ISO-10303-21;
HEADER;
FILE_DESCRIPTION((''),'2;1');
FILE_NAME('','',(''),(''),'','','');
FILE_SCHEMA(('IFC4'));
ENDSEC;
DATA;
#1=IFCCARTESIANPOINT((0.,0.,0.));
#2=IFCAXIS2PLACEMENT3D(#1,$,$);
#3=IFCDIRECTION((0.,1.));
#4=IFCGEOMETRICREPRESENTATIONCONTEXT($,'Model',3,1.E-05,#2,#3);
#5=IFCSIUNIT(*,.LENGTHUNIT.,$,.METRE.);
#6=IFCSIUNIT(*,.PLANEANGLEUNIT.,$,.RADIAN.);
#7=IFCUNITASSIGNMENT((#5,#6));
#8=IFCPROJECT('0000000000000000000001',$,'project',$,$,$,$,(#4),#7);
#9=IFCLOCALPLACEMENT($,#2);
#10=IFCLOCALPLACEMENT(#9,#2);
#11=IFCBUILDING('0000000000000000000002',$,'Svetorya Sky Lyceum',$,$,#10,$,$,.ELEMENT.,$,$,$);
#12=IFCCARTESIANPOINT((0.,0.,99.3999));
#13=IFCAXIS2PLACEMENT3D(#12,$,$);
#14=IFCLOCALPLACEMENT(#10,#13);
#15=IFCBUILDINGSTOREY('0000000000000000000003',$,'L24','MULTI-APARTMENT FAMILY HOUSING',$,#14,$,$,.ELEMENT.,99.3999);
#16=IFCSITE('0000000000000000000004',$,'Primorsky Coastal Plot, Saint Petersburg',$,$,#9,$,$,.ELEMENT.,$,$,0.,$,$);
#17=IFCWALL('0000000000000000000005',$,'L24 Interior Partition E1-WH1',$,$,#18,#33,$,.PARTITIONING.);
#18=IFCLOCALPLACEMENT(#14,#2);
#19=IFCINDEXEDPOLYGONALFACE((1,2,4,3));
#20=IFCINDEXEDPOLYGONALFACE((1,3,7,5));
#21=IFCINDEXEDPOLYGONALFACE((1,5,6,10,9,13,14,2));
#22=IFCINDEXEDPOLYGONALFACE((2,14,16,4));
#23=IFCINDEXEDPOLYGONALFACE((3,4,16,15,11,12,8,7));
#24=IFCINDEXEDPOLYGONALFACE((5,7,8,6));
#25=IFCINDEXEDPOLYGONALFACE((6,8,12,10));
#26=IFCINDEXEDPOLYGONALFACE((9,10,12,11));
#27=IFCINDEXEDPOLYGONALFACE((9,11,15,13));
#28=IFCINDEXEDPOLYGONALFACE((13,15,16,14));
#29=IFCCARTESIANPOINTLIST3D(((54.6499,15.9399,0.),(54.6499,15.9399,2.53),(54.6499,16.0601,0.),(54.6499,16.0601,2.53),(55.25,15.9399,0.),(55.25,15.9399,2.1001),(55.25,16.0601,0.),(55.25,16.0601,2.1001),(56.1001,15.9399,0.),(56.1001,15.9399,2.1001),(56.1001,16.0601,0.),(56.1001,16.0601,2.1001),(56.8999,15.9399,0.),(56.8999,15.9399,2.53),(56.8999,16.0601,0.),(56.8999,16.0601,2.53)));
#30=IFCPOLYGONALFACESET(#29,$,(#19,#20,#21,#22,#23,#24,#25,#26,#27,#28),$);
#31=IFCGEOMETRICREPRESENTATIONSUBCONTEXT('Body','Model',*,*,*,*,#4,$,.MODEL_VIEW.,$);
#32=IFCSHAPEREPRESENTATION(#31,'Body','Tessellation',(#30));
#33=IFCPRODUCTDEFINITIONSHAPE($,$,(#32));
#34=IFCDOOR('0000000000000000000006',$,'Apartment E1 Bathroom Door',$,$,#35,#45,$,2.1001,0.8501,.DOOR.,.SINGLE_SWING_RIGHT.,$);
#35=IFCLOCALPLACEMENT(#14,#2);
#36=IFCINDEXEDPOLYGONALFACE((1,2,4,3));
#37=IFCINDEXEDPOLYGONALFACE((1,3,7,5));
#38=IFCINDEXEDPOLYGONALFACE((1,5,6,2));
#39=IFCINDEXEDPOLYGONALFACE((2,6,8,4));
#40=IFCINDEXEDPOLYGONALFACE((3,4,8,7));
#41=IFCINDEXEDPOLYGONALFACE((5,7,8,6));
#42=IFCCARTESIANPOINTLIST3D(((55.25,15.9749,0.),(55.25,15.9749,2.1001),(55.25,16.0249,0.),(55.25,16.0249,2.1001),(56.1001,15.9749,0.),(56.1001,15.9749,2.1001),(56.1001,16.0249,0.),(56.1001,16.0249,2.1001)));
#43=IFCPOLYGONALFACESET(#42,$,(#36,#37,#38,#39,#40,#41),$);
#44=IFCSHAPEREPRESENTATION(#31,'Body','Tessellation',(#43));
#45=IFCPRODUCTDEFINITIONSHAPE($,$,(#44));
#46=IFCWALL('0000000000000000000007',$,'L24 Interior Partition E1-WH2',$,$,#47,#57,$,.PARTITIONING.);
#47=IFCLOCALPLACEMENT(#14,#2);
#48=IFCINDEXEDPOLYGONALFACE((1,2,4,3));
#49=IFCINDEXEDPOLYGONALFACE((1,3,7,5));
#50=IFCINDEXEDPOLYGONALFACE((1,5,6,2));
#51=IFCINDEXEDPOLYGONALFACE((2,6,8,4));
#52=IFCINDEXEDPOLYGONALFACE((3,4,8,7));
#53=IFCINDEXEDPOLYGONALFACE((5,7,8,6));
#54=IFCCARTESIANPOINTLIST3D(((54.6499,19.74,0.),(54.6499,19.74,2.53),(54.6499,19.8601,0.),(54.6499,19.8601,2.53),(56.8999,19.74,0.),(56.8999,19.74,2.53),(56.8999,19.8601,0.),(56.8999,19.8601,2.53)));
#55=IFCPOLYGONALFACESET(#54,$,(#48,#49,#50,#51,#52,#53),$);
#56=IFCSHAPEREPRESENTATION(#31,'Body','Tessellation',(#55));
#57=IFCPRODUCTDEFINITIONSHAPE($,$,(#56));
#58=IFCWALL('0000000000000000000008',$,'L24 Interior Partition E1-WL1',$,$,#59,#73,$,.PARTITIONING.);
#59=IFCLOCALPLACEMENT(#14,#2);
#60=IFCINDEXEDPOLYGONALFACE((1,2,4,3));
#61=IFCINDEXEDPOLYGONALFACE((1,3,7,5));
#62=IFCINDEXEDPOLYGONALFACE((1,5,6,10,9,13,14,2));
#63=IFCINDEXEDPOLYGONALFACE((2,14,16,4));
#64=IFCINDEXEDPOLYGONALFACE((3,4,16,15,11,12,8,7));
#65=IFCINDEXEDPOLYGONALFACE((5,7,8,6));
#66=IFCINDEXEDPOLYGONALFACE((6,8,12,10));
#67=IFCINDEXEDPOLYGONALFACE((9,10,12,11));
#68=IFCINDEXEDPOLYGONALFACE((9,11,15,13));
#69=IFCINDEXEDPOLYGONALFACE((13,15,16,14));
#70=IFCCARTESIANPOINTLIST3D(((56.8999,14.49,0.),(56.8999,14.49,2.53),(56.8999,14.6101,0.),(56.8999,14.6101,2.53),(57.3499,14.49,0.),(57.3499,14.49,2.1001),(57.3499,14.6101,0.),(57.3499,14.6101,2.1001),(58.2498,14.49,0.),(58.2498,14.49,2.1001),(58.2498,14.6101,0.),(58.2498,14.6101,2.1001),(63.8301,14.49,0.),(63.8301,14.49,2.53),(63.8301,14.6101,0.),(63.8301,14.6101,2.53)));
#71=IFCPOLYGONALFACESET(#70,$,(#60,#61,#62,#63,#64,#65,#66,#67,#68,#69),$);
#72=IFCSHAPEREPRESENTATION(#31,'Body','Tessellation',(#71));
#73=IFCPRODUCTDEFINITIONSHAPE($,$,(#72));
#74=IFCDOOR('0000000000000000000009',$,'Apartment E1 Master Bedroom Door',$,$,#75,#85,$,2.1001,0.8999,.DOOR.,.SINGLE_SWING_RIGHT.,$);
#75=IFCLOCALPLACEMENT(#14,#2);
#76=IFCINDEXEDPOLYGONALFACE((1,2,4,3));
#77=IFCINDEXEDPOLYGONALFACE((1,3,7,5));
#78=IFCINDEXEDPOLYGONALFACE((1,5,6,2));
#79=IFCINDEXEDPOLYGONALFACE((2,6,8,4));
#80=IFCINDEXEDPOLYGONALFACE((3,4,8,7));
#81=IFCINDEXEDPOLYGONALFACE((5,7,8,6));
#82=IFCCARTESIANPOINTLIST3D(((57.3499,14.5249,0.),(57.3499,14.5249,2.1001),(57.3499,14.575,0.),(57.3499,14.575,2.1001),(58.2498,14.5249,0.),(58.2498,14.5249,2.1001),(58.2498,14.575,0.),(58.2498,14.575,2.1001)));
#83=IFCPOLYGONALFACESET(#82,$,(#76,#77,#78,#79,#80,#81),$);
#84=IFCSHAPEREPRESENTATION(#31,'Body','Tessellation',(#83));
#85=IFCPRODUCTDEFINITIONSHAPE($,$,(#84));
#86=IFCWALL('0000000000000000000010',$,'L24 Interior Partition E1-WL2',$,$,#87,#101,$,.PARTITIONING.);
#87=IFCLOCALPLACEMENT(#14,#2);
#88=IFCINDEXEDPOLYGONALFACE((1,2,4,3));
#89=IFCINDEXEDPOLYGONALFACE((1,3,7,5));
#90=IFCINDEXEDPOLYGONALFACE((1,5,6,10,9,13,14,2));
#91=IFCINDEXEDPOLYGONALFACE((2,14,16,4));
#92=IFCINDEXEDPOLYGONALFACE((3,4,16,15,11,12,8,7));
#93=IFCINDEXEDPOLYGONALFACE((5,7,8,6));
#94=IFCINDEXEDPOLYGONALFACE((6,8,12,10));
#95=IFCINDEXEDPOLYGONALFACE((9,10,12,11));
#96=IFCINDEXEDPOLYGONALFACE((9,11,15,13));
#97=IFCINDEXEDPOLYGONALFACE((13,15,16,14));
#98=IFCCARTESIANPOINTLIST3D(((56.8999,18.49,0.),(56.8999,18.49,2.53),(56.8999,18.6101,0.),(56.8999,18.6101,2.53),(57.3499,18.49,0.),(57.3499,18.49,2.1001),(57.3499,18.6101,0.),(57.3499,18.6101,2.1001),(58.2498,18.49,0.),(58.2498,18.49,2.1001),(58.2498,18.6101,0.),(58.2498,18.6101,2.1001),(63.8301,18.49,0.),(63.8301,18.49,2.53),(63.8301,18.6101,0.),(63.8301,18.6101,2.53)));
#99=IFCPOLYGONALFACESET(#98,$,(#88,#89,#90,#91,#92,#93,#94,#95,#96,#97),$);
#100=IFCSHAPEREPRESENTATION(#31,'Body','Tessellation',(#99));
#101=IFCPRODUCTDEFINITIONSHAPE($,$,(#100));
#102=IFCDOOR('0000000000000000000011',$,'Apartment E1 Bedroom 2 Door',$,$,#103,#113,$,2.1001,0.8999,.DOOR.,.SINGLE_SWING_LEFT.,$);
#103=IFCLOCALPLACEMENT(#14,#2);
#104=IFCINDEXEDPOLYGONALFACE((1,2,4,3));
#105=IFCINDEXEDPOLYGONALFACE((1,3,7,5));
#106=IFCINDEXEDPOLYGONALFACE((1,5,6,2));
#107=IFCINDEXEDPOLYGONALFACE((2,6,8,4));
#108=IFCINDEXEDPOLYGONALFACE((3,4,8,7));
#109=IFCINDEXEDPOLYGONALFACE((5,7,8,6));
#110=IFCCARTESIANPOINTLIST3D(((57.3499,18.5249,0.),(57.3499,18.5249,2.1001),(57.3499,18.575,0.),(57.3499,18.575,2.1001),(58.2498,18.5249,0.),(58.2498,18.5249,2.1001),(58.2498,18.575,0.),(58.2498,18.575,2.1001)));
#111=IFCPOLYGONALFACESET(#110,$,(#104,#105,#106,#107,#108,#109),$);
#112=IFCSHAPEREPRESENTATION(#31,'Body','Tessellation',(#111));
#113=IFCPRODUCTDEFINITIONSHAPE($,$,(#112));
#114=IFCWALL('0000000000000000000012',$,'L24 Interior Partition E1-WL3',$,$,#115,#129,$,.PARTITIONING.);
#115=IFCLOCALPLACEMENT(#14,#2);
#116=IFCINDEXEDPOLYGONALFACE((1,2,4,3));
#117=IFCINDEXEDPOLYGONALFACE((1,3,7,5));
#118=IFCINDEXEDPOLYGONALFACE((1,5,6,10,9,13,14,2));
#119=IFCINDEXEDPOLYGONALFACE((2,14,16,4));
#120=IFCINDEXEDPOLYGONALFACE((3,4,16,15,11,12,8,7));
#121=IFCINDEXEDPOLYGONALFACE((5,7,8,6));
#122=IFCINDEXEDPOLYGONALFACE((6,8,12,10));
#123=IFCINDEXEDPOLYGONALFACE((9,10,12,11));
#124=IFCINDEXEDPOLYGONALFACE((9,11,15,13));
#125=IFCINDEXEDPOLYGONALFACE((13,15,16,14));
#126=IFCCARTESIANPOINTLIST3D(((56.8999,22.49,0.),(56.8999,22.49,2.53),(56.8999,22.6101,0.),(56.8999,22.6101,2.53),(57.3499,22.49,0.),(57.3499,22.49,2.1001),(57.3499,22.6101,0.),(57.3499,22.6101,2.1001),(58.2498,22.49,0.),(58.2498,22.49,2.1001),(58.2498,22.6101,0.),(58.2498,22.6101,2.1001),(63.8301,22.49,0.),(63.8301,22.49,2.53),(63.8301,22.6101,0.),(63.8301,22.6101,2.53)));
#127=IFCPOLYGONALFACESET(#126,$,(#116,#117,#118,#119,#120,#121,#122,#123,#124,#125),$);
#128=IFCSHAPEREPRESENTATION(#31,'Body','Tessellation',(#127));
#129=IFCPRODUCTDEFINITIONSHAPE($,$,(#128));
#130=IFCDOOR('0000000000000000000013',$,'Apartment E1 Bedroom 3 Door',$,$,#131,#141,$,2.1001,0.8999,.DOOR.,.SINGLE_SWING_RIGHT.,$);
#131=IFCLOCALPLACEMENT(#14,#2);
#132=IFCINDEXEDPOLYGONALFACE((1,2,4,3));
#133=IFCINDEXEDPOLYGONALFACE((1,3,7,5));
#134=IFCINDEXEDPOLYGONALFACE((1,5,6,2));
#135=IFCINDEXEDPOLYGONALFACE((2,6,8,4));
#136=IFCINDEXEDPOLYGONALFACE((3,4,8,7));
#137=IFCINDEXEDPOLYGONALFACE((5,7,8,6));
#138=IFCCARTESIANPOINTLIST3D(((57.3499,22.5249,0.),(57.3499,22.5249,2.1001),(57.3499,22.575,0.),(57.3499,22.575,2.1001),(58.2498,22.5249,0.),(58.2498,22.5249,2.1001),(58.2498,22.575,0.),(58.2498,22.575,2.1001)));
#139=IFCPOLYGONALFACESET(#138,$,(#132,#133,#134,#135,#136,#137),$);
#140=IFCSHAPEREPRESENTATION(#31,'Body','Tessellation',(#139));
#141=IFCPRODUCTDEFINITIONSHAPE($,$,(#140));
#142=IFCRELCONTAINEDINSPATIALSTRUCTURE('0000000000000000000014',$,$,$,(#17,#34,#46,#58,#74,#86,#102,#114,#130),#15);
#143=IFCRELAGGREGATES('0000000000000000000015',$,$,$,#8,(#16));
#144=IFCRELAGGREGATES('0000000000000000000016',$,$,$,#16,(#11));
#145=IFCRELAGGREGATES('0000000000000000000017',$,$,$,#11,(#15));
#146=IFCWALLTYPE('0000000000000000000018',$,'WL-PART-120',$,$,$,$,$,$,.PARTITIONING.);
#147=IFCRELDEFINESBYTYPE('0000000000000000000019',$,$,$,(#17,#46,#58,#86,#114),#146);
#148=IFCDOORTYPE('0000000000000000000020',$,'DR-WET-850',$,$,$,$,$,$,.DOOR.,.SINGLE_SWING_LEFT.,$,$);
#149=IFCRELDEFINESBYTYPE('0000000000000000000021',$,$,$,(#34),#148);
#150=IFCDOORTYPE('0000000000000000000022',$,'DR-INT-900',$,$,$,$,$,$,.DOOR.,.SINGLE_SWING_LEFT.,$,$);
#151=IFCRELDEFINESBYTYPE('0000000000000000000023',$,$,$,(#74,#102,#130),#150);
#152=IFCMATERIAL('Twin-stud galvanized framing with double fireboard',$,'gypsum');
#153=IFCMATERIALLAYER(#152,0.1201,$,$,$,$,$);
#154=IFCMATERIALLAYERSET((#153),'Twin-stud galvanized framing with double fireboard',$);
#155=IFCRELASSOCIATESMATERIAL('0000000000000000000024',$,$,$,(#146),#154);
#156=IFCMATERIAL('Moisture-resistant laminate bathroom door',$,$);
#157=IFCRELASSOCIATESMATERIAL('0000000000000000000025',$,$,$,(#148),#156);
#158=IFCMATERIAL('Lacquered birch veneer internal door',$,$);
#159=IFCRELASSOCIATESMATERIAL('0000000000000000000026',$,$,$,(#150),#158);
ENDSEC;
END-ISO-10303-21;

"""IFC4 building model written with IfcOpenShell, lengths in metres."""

from ifc_helpers import new_model, si_unit, direction, frame, frame_2d, origin, place, context, subcontext, project, spatial, rectangle, extrude, material, layer, layer_set, type_object, element, fill, save


model = new_model("IFC4")

# Units and contexts
model_context = context("Model", 3, precision=1e-05, world=origin(), true_north=direction((0.0, 1.0)))
body_context = subcontext(model_context, "Body", "Model", "MODEL_VIEW")
ifc_project = project(units=[si_unit("LENGTHUNIT", "METRE"), si_unit("PLANEANGLEUNIT", "RADIAN")], contexts=[model_context])

# Site, building, storey
site_placement = place(None, origin())
site = spatial("IfcSite", under=ifc_project, at=site_placement, Name="Primorsky Coastal Plot, Saint Petersburg", CompositionType="ELEMENT", RefElevation=0.0)
building_placement = place(site_placement, origin())
building = spatial("IfcBuilding", under=site, at=building_placement, Name="Svetorya Sky Lyceum", CompositionType="ELEMENT")
storey_placement = place(building_placement, frame((0.0, 0.0, 99.3999)))
storey = spatial("IfcBuildingStorey", under=building, at=storey_placement, Name="L24", Description="MULTI-APARTMENT FAMILY HOUSING", CompositionType="ELEMENT", Elevation=99.3999)

# Wall, opening, door
ifc_material_1 = material(Name="Twin-stud galvanized framing with double fireboard", Category="gypsum")
ifc_layer_1 = layer(ifc_material_1, 0.1201)
ifc_layer_set_1 = layer_set([ifc_layer_1], Name="Twin-stud galvanized framing with double fireboard")
wall_type_1 = type_object("IfcWallType", Name="WL-PART-120", PredefinedType="PARTITIONING", material=ifc_layer_set_1)
wall_1_placement = place(storey_placement, frame((54.6499, 16.0, 0.0), z_axis=(0.0, 0.0, 1.0), x_axis=(1.0, 0.0, 0.0)))
wall_1 = element("IfcWall", 1, at=wall_1_placement, inside=storey, type_object=wall_type_1, Name="L24 Interior Partition E1-WH1", PredefinedType="PARTITIONING", context=body_context, shape_type="SweptSolid", body=[
    extrude(rectangle(XDim=2.25, YDim=0.1201, at=frame_2d((1.125, 0.0))), origin(), (0.0, 0.0, 1.0), 2.53),
])
opening_1_placement = place(wall_1_placement, frame((0.6001, 0.0, 0.0)))
opening_1 = element("IfcOpeningElement", 2, at=opening_1_placement, cuts=wall_1, PredefinedType="OPENING", context=body_context, shape_type="SweptSolid", body=[
    extrude(rectangle(XDim=0.8501, YDim=2.1001, at=frame_2d((0.425, 1.05))), frame((0.0, 0.0701, 0.0), z_axis=(0.0, -1.0, 0.0), x_axis=(1.0, 0.0, 0.0)), (0.0, 0.0, 1.0), 0.1401),
])
ifc_material_2 = material(Name="Moisture-resistant laminate bathroom door")
door_type_1 = type_object("IfcDoorType", Name="DR-WET-850", OperationType="SINGLE_SWING_LEFT", PredefinedType="DOOR", material=ifc_material_2)
door_1_placement = place(opening_1_placement, origin())
door_1 = element("IfcDoor", 3, at=door_1_placement, inside=storey, type_object=door_type_1, Name="Apartment E1 Bathroom Door", OperationType="SINGLE_SWING_RIGHT", OverallHeight=2.1001, OverallWidth=0.8501, PredefinedType="DOOR", context=body_context, shape_type="SweptSolid", body=[
    extrude(rectangle(XDim=0.8501, YDim=2.1001, at=frame_2d((0.425, 1.05))), frame((0.0, 0.0249, 0.0), z_axis=(0.0, -1.0, 0.0), x_axis=(1.0, 0.0, 0.0)), (0.0, 0.0, 1.0), 0.05),
])
fill(opening_1, door_1)

# Wall
wall_2_placement = place(storey_placement, frame((54.6499, 19.8, 0.0), z_axis=(0.0, 0.0, 1.0), x_axis=(1.0, 0.0, 0.0)))
element("IfcWall", 4, at=wall_2_placement, inside=storey, type_object=wall_type_1, Name="L24 Interior Partition E1-WH2", PredefinedType="PARTITIONING", context=body_context, shape_type="SweptSolid", body=[
    extrude(rectangle(XDim=2.25, YDim=0.1201, at=frame_2d((1.125, 0.0))), origin(), (0.0, 0.0, 1.0), 2.53),
])

# Walls, openings, doors
wall_3_placement = place(storey_placement, frame((56.8999, 14.55, 0.0), z_axis=(0.0, 0.0, 1.0), x_axis=(1.0, 0.0, 0.0)))
wall_3 = element("IfcWall", 5, at=wall_3_placement, inside=storey, type_object=wall_type_1, Name="L24 Interior Partition E1-WL1", PredefinedType="PARTITIONING", context=body_context, shape_type="SweptSolid", body=[
    extrude(rectangle(XDim=6.9302, YDim=0.1201, at=frame_2d((3.4651, 0.0))), origin(), (0.0, 0.0, 1.0), 2.53),
])
opening_2_placement = place(wall_3_placement, frame((0.45, 0.0, 0.0)))
opening_2 = element("IfcOpeningElement", 6, at=opening_2_placement, cuts=wall_3, PredefinedType="OPENING", context=body_context, shape_type="SweptSolid", body=[
    extrude(rectangle(XDim=0.8999, YDim=2.1001, at=frame_2d((0.45, 1.05))), frame((0.0, 0.0701, 0.0), z_axis=(0.0, -1.0, 0.0), x_axis=(1.0, 0.0, 0.0)), (0.0, 0.0, 1.0), 0.1401),
])
ifc_material_3 = material(Name="Lacquered birch veneer internal door")
door_type_2 = type_object("IfcDoorType", Name="DR-INT-900", OperationType="SINGLE_SWING_LEFT", PredefinedType="DOOR", material=ifc_material_3)
door_2_placement = place(opening_2_placement, origin())
door_2 = element("IfcDoor", 7, at=door_2_placement, inside=storey, type_object=door_type_2, Name="Apartment E1 Master Bedroom Door", OperationType="SINGLE_SWING_RIGHT", OverallHeight=2.1001, OverallWidth=0.8999, PredefinedType="DOOR", context=body_context, shape_type="SweptSolid", body=[
    extrude(rectangle(XDim=0.8999, YDim=2.1001, at=frame_2d((0.45, 1.05))), frame((0.0, 0.0249, 0.0), z_axis=(0.0, -1.0, 0.0), x_axis=(1.0, 0.0, 0.0)), (0.0, 0.0, 1.0), 0.05),
])
fill(opening_2, door_2)
wall_4_placement = place(storey_placement, frame((56.8999, 18.55, 0.0), z_axis=(0.0, 0.0, 1.0), x_axis=(1.0, 0.0, 0.0)))
wall_4 = element("IfcWall", 8, at=wall_4_placement, inside=storey, type_object=wall_type_1, Name="L24 Interior Partition E1-WL2", PredefinedType="PARTITIONING", context=body_context, shape_type="SweptSolid", body=[
    extrude(rectangle(XDim=6.9302, YDim=0.1201, at=frame_2d((3.4651, 0.0))), origin(), (0.0, 0.0, 1.0), 2.53),
])
opening_3_placement = place(wall_4_placement, frame((0.45, 0.0, 0.0)))
opening_3 = element("IfcOpeningElement", 9, at=opening_3_placement, cuts=wall_4, PredefinedType="OPENING", context=body_context, shape_type="SweptSolid", body=[
    extrude(rectangle(XDim=0.8999, YDim=2.1001, at=frame_2d((0.45, 1.05))), frame((0.0, 0.0701, 0.0), z_axis=(0.0, -1.0, 0.0), x_axis=(1.0, 0.0, 0.0)), (0.0, 0.0, 1.0), 0.1401),
])
door_3_placement = place(opening_3_placement, origin())
door_3 = element("IfcDoor", 10, at=door_3_placement, inside=storey, type_object=door_type_2, Name="Apartment E1 Bedroom 2 Door", OperationType="SINGLE_SWING_LEFT", OverallHeight=2.1001, OverallWidth=0.8999, PredefinedType="DOOR", context=body_context, shape_type="SweptSolid", body=[
    extrude(rectangle(XDim=0.8999, YDim=2.1001, at=frame_2d((0.45, 1.05))), frame((0.0, 0.0249, 0.0), z_axis=(0.0, -1.0, 0.0), x_axis=(1.0, 0.0, 0.0)), (0.0, 0.0, 1.0), 0.05),
])
fill(opening_3, door_3)
wall_5_placement = place(storey_placement, frame((56.8999, 22.55, 0.0), z_axis=(0.0, 0.0, 1.0), x_axis=(1.0, 0.0, 0.0)))
wall_5 = element("IfcWall", 11, at=wall_5_placement, inside=storey, type_object=wall_type_1, Name="L24 Interior Partition E1-WL3", PredefinedType="PARTITIONING", context=body_context, shape_type="SweptSolid", body=[
    extrude(rectangle(XDim=6.9302, YDim=0.1201, at=frame_2d((3.4651, 0.0))), origin(), (0.0, 0.0, 1.0), 2.53),
])
opening_4_placement = place(wall_5_placement, frame((0.45, 0.0, 0.0)))
opening_4 = element("IfcOpeningElement", 12, at=opening_4_placement, cuts=wall_5, PredefinedType="OPENING", context=body_context, shape_type="SweptSolid", body=[
    extrude(rectangle(XDim=0.8999, YDim=2.1001, at=frame_2d((0.45, 1.05))), frame((0.0, 0.0701, 0.0), z_axis=(0.0, -1.0, 0.0), x_axis=(1.0, 0.0, 0.0)), (0.0, 0.0, 1.0), 0.1401),
])
door_4_placement = place(opening_4_placement, origin())
door_4 = element("IfcDoor", 13, at=door_4_placement, inside=storey, type_object=door_type_2, Name="Apartment E1 Bedroom 3 Door", OperationType="SINGLE_SWING_RIGHT", OverallHeight=2.1001, OverallWidth=0.8999, PredefinedType="DOOR", context=body_context, shape_type="SweptSolid", body=[
    extrude(rectangle(XDim=0.8999, YDim=2.1001, at=frame_2d((0.45, 1.05))), frame((0.0, 0.0249, 0.0), z_axis=(0.0, -1.0, 0.0), x_axis=(1.0, 0.0, 0.0)), (0.0, 0.0, 1.0), 0.05),
])
fill(opening_4, door_4)

save(model, "model.ifc")
